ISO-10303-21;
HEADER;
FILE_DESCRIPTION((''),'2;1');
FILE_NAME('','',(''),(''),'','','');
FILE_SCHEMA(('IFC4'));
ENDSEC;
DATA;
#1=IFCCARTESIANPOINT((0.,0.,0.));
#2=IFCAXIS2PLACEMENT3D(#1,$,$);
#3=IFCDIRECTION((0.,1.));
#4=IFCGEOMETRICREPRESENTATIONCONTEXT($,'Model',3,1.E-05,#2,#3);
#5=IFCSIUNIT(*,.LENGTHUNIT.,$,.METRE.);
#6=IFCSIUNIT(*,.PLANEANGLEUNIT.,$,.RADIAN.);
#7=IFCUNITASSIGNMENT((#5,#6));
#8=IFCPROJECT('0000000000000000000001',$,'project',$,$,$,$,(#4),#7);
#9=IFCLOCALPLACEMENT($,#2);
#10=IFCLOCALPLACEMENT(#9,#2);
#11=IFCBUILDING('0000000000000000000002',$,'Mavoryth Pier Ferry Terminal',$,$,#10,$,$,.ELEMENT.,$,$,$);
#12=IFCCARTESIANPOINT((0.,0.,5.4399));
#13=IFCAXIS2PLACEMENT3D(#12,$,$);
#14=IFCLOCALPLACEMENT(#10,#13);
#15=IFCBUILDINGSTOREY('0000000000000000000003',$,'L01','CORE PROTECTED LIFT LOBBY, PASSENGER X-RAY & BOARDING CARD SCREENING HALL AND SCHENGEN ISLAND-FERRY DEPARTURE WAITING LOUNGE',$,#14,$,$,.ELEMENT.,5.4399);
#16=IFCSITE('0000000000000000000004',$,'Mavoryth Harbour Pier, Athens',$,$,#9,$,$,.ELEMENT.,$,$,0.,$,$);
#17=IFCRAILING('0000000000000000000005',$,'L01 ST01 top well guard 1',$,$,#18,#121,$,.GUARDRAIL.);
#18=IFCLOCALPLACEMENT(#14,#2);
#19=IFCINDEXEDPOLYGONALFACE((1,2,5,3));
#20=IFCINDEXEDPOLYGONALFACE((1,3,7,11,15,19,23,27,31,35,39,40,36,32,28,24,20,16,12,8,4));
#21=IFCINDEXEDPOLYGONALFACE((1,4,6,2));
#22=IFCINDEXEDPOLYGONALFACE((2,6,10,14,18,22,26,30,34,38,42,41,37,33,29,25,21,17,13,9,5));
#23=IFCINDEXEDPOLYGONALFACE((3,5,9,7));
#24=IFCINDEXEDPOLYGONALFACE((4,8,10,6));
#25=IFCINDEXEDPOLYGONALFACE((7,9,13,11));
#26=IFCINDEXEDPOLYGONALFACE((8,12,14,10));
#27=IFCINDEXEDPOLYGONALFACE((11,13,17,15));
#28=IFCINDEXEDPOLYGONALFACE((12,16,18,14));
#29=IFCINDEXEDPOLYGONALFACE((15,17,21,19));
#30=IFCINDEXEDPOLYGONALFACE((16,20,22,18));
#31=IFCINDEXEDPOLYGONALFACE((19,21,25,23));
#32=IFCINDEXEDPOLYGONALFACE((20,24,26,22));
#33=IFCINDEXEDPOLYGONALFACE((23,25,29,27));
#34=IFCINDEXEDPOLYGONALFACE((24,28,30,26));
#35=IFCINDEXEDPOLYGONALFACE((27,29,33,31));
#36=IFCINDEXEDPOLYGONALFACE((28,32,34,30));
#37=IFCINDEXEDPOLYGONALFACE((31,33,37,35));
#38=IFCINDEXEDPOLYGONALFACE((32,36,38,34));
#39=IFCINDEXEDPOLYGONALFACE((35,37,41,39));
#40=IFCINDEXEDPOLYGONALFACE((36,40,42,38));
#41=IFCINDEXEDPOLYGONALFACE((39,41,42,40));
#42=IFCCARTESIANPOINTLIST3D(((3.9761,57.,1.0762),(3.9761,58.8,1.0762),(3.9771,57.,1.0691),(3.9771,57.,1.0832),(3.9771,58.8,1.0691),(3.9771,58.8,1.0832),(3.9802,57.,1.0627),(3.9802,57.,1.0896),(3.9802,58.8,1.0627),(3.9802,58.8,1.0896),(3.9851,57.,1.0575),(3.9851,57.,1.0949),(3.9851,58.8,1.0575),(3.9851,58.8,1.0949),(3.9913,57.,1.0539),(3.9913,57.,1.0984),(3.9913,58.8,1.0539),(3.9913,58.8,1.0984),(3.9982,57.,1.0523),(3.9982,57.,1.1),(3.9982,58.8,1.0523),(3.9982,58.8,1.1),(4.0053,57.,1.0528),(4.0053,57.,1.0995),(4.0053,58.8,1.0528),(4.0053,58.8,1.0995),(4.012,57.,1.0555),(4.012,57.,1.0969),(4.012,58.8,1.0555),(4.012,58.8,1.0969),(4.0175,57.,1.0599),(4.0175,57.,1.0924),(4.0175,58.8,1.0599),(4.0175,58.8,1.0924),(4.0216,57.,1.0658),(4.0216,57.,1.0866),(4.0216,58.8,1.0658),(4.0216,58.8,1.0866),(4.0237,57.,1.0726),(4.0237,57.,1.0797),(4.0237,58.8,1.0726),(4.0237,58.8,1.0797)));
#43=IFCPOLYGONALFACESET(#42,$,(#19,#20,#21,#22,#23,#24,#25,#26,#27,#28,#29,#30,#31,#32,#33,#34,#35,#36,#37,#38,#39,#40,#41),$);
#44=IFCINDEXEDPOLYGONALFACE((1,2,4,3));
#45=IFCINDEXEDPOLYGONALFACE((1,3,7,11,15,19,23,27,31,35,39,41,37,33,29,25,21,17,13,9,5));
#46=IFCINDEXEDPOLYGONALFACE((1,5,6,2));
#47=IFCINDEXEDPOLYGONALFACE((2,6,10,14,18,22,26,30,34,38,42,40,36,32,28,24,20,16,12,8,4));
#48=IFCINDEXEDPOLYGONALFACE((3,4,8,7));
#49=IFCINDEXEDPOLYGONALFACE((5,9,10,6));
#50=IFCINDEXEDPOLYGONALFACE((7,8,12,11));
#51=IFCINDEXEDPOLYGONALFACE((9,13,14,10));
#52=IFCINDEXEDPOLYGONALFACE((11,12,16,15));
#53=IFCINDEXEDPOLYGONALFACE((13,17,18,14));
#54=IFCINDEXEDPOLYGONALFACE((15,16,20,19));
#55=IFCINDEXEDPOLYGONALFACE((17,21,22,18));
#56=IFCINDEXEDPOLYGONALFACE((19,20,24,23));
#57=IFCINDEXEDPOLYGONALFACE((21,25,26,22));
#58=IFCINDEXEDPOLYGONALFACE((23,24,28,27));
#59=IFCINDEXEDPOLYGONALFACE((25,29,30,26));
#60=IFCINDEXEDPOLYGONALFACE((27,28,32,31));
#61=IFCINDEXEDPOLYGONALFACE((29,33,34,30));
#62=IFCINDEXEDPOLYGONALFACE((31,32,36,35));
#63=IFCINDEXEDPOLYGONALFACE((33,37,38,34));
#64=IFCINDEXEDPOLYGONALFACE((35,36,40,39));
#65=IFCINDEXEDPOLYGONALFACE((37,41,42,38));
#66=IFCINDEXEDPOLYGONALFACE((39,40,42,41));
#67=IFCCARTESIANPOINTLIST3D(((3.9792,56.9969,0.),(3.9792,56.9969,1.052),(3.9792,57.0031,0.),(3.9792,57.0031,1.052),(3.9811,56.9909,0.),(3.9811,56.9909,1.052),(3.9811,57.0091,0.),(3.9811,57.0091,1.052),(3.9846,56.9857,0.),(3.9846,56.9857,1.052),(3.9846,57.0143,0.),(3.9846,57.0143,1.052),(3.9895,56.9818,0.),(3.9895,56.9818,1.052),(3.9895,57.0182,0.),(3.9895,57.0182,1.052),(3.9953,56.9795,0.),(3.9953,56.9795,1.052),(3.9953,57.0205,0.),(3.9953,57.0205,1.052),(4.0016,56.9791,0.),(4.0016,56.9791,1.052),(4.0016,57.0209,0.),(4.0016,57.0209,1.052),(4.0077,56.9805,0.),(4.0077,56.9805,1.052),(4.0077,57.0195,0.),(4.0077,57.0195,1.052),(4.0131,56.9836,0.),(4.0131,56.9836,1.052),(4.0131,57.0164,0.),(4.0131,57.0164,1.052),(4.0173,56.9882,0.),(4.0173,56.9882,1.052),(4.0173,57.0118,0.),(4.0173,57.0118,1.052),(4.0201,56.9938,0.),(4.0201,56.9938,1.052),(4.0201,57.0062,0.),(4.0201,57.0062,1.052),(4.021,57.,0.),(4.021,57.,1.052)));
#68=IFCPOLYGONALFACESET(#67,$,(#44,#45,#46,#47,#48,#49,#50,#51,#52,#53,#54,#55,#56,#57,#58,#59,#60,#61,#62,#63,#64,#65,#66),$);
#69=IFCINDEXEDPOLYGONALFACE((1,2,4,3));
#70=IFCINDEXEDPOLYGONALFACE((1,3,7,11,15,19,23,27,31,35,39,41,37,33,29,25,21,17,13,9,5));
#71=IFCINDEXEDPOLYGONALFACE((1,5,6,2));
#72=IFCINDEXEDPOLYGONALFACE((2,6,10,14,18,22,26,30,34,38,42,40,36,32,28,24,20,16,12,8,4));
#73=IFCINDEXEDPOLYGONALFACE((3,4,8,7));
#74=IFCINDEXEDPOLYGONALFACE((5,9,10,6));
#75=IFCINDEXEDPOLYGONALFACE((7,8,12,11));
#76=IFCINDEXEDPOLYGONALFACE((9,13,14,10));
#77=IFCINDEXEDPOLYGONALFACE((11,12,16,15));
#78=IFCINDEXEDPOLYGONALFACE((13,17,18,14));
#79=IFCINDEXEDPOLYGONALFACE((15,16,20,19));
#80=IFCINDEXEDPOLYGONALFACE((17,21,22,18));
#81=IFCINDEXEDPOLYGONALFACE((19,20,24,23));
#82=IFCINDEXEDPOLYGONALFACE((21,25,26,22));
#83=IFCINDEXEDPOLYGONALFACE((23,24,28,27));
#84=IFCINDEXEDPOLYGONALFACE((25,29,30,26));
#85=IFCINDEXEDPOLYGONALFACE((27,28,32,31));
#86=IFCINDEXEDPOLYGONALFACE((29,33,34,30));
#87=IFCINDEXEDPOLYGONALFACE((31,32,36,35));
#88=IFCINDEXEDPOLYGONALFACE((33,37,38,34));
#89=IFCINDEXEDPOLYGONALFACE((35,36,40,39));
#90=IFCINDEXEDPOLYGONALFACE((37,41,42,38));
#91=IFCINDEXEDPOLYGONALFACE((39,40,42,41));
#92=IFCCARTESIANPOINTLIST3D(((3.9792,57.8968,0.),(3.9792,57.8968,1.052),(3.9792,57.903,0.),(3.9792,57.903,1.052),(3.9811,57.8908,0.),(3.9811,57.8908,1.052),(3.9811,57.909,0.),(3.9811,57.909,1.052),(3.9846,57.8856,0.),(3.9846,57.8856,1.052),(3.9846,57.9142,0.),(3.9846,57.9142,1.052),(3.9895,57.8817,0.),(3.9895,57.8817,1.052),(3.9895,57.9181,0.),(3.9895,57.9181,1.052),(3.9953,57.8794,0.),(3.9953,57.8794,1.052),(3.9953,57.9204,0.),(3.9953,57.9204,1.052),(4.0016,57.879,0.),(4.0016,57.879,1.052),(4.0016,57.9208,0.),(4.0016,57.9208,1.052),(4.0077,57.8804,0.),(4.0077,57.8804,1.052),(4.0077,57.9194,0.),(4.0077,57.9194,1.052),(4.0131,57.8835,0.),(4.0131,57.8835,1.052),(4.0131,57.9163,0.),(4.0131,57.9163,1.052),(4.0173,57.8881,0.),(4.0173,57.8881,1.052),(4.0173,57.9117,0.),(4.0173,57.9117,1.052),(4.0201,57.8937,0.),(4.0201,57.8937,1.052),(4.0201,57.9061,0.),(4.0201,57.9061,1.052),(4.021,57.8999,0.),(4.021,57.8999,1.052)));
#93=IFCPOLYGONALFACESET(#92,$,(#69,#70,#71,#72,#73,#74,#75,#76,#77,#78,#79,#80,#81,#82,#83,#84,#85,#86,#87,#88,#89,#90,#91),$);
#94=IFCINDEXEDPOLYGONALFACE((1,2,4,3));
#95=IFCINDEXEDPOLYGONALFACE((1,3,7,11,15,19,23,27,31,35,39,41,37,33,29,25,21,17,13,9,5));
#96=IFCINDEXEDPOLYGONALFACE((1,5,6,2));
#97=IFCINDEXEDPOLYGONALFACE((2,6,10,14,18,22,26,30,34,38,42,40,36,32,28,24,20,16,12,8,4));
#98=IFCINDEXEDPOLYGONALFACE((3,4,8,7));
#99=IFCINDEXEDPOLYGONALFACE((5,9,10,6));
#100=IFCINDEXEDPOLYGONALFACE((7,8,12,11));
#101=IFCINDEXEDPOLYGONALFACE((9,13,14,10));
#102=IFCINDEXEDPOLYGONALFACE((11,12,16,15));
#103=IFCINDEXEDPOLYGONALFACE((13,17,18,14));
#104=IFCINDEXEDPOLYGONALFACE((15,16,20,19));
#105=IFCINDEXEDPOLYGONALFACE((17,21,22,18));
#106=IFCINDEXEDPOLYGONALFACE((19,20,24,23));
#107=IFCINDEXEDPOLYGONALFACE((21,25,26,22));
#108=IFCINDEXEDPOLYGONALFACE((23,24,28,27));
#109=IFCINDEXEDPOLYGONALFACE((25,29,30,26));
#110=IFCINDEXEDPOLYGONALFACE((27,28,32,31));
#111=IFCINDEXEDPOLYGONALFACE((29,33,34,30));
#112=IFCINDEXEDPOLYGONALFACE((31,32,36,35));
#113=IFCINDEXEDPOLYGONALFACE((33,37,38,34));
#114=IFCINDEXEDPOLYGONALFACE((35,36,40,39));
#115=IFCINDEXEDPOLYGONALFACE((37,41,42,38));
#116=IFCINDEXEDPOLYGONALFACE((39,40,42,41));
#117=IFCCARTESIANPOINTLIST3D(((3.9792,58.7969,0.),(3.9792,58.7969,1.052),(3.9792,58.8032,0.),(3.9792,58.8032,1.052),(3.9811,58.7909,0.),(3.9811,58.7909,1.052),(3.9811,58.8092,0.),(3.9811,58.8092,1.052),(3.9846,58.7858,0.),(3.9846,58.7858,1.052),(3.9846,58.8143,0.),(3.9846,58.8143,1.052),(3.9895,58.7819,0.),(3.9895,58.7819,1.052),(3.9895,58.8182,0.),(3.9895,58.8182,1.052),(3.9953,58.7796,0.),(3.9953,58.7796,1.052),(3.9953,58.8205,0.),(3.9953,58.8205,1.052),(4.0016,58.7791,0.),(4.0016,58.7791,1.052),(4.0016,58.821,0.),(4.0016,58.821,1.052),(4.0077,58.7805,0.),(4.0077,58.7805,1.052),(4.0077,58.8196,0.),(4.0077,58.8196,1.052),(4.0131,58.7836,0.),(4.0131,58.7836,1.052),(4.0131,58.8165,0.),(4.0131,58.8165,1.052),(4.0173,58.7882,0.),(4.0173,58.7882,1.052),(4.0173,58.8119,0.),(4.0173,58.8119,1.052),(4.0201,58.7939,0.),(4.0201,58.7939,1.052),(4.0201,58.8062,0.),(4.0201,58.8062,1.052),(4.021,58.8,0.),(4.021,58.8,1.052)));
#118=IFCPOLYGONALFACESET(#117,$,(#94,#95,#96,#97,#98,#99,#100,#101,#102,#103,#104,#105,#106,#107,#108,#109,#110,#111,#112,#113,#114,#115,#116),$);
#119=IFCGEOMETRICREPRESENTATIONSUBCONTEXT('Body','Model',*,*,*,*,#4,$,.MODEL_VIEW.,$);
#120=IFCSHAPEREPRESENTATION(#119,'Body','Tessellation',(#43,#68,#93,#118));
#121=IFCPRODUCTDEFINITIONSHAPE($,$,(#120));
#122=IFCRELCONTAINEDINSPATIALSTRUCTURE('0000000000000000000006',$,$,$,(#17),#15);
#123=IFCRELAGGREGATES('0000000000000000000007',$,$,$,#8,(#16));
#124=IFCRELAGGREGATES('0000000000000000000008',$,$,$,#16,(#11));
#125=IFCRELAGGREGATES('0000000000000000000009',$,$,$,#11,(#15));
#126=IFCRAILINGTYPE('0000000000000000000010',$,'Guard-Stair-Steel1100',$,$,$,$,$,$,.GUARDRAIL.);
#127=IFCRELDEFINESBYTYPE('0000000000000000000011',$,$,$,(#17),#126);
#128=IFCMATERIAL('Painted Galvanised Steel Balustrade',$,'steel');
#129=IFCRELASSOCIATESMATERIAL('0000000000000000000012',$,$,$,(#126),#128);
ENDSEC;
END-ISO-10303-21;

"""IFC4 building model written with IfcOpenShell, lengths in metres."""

from ifc_helpers import new_model, si_unit, direction, frame, origin, origin_2d, place, context, subcontext, project, spatial, circle, extrude, material, type_object, element, save


model = new_model("IFC4")

# Units and contexts
model_context = context("Model", 3, precision=1e-05, world=origin(), true_north=direction((0.0, 1.0)))
body_context = subcontext(model_context, "Body", "Model", "MODEL_VIEW")
ifc_project = project(units=[si_unit("LENGTHUNIT", "METRE"), si_unit("PLANEANGLEUNIT", "RADIAN")], contexts=[model_context])

# Site, building, storey
site_placement = place(None, origin())
site = spatial("IfcSite", under=ifc_project, at=site_placement, Name="Mavoryth Harbour Pier, Athens", CompositionType="ELEMENT", RefElevation=0.0)
building_placement = place(site_placement, origin())
building = spatial("IfcBuilding", under=site, at=building_placement, Name="Mavoryth Pier Ferry Terminal", CompositionType="ELEMENT")
storey_placement = place(building_placement, frame((0.0, 0.0, 5.4399)))
storey = spatial("IfcBuildingStorey", under=building, at=storey_placement, Name="L01", Description="CORE PROTECTED LIFT LOBBY, PASSENGER X-RAY & BOARDING CARD SCREENING HALL AND SCHENGEN ISLAND-FERRY DEPARTURE WAITING LOUNGE", CompositionType="ELEMENT", Elevation=5.4399)

# Railing
ifc_material_1 = material(Name="Painted Galvanised Steel Balustrade", Category="steel")
railing_type_1 = type_object("IfcRailingType", Name="Guard-Stair-Steel1100", PredefinedType="GUARDRAIL", material=ifc_material_1)
railing_1_placement = place(storey_placement, frame((4.0, 57.0, 0.0)))
element("IfcRailing", 1, at=railing_1_placement, inside=storey, type_object=railing_type_1, Name="L01 ST01 top well guard 1", PredefinedType="GUARDRAIL", context=body_context, shape_type="SweptSolid", body=[
    extrude(circle(Radius=0.0239, at=origin_2d()), frame((0.0, 0.0, 1.0762), z_axis=(0.0, 1.0, 0.0), x_axis=(-1.0, 0.0, 0.0)), (0.0, 0.0, 1.0), 1.8),
    extrude(circle(Radius=0.021, at=origin_2d()), origin(), (0.0, 0.0, 1.0), 1.052),
    extrude(circle(Radius=0.021, at=origin_2d()), frame((0.0, 0.8999, 0.0)), (0.0, 0.0, 1.0), 1.052),
    extrude(circle(Radius=0.021, at=origin_2d()), frame((0.0, 1.8, 0.0)), (0.0, 0.0, 1.0), 1.052),
])

save(model, "model.ifc")
